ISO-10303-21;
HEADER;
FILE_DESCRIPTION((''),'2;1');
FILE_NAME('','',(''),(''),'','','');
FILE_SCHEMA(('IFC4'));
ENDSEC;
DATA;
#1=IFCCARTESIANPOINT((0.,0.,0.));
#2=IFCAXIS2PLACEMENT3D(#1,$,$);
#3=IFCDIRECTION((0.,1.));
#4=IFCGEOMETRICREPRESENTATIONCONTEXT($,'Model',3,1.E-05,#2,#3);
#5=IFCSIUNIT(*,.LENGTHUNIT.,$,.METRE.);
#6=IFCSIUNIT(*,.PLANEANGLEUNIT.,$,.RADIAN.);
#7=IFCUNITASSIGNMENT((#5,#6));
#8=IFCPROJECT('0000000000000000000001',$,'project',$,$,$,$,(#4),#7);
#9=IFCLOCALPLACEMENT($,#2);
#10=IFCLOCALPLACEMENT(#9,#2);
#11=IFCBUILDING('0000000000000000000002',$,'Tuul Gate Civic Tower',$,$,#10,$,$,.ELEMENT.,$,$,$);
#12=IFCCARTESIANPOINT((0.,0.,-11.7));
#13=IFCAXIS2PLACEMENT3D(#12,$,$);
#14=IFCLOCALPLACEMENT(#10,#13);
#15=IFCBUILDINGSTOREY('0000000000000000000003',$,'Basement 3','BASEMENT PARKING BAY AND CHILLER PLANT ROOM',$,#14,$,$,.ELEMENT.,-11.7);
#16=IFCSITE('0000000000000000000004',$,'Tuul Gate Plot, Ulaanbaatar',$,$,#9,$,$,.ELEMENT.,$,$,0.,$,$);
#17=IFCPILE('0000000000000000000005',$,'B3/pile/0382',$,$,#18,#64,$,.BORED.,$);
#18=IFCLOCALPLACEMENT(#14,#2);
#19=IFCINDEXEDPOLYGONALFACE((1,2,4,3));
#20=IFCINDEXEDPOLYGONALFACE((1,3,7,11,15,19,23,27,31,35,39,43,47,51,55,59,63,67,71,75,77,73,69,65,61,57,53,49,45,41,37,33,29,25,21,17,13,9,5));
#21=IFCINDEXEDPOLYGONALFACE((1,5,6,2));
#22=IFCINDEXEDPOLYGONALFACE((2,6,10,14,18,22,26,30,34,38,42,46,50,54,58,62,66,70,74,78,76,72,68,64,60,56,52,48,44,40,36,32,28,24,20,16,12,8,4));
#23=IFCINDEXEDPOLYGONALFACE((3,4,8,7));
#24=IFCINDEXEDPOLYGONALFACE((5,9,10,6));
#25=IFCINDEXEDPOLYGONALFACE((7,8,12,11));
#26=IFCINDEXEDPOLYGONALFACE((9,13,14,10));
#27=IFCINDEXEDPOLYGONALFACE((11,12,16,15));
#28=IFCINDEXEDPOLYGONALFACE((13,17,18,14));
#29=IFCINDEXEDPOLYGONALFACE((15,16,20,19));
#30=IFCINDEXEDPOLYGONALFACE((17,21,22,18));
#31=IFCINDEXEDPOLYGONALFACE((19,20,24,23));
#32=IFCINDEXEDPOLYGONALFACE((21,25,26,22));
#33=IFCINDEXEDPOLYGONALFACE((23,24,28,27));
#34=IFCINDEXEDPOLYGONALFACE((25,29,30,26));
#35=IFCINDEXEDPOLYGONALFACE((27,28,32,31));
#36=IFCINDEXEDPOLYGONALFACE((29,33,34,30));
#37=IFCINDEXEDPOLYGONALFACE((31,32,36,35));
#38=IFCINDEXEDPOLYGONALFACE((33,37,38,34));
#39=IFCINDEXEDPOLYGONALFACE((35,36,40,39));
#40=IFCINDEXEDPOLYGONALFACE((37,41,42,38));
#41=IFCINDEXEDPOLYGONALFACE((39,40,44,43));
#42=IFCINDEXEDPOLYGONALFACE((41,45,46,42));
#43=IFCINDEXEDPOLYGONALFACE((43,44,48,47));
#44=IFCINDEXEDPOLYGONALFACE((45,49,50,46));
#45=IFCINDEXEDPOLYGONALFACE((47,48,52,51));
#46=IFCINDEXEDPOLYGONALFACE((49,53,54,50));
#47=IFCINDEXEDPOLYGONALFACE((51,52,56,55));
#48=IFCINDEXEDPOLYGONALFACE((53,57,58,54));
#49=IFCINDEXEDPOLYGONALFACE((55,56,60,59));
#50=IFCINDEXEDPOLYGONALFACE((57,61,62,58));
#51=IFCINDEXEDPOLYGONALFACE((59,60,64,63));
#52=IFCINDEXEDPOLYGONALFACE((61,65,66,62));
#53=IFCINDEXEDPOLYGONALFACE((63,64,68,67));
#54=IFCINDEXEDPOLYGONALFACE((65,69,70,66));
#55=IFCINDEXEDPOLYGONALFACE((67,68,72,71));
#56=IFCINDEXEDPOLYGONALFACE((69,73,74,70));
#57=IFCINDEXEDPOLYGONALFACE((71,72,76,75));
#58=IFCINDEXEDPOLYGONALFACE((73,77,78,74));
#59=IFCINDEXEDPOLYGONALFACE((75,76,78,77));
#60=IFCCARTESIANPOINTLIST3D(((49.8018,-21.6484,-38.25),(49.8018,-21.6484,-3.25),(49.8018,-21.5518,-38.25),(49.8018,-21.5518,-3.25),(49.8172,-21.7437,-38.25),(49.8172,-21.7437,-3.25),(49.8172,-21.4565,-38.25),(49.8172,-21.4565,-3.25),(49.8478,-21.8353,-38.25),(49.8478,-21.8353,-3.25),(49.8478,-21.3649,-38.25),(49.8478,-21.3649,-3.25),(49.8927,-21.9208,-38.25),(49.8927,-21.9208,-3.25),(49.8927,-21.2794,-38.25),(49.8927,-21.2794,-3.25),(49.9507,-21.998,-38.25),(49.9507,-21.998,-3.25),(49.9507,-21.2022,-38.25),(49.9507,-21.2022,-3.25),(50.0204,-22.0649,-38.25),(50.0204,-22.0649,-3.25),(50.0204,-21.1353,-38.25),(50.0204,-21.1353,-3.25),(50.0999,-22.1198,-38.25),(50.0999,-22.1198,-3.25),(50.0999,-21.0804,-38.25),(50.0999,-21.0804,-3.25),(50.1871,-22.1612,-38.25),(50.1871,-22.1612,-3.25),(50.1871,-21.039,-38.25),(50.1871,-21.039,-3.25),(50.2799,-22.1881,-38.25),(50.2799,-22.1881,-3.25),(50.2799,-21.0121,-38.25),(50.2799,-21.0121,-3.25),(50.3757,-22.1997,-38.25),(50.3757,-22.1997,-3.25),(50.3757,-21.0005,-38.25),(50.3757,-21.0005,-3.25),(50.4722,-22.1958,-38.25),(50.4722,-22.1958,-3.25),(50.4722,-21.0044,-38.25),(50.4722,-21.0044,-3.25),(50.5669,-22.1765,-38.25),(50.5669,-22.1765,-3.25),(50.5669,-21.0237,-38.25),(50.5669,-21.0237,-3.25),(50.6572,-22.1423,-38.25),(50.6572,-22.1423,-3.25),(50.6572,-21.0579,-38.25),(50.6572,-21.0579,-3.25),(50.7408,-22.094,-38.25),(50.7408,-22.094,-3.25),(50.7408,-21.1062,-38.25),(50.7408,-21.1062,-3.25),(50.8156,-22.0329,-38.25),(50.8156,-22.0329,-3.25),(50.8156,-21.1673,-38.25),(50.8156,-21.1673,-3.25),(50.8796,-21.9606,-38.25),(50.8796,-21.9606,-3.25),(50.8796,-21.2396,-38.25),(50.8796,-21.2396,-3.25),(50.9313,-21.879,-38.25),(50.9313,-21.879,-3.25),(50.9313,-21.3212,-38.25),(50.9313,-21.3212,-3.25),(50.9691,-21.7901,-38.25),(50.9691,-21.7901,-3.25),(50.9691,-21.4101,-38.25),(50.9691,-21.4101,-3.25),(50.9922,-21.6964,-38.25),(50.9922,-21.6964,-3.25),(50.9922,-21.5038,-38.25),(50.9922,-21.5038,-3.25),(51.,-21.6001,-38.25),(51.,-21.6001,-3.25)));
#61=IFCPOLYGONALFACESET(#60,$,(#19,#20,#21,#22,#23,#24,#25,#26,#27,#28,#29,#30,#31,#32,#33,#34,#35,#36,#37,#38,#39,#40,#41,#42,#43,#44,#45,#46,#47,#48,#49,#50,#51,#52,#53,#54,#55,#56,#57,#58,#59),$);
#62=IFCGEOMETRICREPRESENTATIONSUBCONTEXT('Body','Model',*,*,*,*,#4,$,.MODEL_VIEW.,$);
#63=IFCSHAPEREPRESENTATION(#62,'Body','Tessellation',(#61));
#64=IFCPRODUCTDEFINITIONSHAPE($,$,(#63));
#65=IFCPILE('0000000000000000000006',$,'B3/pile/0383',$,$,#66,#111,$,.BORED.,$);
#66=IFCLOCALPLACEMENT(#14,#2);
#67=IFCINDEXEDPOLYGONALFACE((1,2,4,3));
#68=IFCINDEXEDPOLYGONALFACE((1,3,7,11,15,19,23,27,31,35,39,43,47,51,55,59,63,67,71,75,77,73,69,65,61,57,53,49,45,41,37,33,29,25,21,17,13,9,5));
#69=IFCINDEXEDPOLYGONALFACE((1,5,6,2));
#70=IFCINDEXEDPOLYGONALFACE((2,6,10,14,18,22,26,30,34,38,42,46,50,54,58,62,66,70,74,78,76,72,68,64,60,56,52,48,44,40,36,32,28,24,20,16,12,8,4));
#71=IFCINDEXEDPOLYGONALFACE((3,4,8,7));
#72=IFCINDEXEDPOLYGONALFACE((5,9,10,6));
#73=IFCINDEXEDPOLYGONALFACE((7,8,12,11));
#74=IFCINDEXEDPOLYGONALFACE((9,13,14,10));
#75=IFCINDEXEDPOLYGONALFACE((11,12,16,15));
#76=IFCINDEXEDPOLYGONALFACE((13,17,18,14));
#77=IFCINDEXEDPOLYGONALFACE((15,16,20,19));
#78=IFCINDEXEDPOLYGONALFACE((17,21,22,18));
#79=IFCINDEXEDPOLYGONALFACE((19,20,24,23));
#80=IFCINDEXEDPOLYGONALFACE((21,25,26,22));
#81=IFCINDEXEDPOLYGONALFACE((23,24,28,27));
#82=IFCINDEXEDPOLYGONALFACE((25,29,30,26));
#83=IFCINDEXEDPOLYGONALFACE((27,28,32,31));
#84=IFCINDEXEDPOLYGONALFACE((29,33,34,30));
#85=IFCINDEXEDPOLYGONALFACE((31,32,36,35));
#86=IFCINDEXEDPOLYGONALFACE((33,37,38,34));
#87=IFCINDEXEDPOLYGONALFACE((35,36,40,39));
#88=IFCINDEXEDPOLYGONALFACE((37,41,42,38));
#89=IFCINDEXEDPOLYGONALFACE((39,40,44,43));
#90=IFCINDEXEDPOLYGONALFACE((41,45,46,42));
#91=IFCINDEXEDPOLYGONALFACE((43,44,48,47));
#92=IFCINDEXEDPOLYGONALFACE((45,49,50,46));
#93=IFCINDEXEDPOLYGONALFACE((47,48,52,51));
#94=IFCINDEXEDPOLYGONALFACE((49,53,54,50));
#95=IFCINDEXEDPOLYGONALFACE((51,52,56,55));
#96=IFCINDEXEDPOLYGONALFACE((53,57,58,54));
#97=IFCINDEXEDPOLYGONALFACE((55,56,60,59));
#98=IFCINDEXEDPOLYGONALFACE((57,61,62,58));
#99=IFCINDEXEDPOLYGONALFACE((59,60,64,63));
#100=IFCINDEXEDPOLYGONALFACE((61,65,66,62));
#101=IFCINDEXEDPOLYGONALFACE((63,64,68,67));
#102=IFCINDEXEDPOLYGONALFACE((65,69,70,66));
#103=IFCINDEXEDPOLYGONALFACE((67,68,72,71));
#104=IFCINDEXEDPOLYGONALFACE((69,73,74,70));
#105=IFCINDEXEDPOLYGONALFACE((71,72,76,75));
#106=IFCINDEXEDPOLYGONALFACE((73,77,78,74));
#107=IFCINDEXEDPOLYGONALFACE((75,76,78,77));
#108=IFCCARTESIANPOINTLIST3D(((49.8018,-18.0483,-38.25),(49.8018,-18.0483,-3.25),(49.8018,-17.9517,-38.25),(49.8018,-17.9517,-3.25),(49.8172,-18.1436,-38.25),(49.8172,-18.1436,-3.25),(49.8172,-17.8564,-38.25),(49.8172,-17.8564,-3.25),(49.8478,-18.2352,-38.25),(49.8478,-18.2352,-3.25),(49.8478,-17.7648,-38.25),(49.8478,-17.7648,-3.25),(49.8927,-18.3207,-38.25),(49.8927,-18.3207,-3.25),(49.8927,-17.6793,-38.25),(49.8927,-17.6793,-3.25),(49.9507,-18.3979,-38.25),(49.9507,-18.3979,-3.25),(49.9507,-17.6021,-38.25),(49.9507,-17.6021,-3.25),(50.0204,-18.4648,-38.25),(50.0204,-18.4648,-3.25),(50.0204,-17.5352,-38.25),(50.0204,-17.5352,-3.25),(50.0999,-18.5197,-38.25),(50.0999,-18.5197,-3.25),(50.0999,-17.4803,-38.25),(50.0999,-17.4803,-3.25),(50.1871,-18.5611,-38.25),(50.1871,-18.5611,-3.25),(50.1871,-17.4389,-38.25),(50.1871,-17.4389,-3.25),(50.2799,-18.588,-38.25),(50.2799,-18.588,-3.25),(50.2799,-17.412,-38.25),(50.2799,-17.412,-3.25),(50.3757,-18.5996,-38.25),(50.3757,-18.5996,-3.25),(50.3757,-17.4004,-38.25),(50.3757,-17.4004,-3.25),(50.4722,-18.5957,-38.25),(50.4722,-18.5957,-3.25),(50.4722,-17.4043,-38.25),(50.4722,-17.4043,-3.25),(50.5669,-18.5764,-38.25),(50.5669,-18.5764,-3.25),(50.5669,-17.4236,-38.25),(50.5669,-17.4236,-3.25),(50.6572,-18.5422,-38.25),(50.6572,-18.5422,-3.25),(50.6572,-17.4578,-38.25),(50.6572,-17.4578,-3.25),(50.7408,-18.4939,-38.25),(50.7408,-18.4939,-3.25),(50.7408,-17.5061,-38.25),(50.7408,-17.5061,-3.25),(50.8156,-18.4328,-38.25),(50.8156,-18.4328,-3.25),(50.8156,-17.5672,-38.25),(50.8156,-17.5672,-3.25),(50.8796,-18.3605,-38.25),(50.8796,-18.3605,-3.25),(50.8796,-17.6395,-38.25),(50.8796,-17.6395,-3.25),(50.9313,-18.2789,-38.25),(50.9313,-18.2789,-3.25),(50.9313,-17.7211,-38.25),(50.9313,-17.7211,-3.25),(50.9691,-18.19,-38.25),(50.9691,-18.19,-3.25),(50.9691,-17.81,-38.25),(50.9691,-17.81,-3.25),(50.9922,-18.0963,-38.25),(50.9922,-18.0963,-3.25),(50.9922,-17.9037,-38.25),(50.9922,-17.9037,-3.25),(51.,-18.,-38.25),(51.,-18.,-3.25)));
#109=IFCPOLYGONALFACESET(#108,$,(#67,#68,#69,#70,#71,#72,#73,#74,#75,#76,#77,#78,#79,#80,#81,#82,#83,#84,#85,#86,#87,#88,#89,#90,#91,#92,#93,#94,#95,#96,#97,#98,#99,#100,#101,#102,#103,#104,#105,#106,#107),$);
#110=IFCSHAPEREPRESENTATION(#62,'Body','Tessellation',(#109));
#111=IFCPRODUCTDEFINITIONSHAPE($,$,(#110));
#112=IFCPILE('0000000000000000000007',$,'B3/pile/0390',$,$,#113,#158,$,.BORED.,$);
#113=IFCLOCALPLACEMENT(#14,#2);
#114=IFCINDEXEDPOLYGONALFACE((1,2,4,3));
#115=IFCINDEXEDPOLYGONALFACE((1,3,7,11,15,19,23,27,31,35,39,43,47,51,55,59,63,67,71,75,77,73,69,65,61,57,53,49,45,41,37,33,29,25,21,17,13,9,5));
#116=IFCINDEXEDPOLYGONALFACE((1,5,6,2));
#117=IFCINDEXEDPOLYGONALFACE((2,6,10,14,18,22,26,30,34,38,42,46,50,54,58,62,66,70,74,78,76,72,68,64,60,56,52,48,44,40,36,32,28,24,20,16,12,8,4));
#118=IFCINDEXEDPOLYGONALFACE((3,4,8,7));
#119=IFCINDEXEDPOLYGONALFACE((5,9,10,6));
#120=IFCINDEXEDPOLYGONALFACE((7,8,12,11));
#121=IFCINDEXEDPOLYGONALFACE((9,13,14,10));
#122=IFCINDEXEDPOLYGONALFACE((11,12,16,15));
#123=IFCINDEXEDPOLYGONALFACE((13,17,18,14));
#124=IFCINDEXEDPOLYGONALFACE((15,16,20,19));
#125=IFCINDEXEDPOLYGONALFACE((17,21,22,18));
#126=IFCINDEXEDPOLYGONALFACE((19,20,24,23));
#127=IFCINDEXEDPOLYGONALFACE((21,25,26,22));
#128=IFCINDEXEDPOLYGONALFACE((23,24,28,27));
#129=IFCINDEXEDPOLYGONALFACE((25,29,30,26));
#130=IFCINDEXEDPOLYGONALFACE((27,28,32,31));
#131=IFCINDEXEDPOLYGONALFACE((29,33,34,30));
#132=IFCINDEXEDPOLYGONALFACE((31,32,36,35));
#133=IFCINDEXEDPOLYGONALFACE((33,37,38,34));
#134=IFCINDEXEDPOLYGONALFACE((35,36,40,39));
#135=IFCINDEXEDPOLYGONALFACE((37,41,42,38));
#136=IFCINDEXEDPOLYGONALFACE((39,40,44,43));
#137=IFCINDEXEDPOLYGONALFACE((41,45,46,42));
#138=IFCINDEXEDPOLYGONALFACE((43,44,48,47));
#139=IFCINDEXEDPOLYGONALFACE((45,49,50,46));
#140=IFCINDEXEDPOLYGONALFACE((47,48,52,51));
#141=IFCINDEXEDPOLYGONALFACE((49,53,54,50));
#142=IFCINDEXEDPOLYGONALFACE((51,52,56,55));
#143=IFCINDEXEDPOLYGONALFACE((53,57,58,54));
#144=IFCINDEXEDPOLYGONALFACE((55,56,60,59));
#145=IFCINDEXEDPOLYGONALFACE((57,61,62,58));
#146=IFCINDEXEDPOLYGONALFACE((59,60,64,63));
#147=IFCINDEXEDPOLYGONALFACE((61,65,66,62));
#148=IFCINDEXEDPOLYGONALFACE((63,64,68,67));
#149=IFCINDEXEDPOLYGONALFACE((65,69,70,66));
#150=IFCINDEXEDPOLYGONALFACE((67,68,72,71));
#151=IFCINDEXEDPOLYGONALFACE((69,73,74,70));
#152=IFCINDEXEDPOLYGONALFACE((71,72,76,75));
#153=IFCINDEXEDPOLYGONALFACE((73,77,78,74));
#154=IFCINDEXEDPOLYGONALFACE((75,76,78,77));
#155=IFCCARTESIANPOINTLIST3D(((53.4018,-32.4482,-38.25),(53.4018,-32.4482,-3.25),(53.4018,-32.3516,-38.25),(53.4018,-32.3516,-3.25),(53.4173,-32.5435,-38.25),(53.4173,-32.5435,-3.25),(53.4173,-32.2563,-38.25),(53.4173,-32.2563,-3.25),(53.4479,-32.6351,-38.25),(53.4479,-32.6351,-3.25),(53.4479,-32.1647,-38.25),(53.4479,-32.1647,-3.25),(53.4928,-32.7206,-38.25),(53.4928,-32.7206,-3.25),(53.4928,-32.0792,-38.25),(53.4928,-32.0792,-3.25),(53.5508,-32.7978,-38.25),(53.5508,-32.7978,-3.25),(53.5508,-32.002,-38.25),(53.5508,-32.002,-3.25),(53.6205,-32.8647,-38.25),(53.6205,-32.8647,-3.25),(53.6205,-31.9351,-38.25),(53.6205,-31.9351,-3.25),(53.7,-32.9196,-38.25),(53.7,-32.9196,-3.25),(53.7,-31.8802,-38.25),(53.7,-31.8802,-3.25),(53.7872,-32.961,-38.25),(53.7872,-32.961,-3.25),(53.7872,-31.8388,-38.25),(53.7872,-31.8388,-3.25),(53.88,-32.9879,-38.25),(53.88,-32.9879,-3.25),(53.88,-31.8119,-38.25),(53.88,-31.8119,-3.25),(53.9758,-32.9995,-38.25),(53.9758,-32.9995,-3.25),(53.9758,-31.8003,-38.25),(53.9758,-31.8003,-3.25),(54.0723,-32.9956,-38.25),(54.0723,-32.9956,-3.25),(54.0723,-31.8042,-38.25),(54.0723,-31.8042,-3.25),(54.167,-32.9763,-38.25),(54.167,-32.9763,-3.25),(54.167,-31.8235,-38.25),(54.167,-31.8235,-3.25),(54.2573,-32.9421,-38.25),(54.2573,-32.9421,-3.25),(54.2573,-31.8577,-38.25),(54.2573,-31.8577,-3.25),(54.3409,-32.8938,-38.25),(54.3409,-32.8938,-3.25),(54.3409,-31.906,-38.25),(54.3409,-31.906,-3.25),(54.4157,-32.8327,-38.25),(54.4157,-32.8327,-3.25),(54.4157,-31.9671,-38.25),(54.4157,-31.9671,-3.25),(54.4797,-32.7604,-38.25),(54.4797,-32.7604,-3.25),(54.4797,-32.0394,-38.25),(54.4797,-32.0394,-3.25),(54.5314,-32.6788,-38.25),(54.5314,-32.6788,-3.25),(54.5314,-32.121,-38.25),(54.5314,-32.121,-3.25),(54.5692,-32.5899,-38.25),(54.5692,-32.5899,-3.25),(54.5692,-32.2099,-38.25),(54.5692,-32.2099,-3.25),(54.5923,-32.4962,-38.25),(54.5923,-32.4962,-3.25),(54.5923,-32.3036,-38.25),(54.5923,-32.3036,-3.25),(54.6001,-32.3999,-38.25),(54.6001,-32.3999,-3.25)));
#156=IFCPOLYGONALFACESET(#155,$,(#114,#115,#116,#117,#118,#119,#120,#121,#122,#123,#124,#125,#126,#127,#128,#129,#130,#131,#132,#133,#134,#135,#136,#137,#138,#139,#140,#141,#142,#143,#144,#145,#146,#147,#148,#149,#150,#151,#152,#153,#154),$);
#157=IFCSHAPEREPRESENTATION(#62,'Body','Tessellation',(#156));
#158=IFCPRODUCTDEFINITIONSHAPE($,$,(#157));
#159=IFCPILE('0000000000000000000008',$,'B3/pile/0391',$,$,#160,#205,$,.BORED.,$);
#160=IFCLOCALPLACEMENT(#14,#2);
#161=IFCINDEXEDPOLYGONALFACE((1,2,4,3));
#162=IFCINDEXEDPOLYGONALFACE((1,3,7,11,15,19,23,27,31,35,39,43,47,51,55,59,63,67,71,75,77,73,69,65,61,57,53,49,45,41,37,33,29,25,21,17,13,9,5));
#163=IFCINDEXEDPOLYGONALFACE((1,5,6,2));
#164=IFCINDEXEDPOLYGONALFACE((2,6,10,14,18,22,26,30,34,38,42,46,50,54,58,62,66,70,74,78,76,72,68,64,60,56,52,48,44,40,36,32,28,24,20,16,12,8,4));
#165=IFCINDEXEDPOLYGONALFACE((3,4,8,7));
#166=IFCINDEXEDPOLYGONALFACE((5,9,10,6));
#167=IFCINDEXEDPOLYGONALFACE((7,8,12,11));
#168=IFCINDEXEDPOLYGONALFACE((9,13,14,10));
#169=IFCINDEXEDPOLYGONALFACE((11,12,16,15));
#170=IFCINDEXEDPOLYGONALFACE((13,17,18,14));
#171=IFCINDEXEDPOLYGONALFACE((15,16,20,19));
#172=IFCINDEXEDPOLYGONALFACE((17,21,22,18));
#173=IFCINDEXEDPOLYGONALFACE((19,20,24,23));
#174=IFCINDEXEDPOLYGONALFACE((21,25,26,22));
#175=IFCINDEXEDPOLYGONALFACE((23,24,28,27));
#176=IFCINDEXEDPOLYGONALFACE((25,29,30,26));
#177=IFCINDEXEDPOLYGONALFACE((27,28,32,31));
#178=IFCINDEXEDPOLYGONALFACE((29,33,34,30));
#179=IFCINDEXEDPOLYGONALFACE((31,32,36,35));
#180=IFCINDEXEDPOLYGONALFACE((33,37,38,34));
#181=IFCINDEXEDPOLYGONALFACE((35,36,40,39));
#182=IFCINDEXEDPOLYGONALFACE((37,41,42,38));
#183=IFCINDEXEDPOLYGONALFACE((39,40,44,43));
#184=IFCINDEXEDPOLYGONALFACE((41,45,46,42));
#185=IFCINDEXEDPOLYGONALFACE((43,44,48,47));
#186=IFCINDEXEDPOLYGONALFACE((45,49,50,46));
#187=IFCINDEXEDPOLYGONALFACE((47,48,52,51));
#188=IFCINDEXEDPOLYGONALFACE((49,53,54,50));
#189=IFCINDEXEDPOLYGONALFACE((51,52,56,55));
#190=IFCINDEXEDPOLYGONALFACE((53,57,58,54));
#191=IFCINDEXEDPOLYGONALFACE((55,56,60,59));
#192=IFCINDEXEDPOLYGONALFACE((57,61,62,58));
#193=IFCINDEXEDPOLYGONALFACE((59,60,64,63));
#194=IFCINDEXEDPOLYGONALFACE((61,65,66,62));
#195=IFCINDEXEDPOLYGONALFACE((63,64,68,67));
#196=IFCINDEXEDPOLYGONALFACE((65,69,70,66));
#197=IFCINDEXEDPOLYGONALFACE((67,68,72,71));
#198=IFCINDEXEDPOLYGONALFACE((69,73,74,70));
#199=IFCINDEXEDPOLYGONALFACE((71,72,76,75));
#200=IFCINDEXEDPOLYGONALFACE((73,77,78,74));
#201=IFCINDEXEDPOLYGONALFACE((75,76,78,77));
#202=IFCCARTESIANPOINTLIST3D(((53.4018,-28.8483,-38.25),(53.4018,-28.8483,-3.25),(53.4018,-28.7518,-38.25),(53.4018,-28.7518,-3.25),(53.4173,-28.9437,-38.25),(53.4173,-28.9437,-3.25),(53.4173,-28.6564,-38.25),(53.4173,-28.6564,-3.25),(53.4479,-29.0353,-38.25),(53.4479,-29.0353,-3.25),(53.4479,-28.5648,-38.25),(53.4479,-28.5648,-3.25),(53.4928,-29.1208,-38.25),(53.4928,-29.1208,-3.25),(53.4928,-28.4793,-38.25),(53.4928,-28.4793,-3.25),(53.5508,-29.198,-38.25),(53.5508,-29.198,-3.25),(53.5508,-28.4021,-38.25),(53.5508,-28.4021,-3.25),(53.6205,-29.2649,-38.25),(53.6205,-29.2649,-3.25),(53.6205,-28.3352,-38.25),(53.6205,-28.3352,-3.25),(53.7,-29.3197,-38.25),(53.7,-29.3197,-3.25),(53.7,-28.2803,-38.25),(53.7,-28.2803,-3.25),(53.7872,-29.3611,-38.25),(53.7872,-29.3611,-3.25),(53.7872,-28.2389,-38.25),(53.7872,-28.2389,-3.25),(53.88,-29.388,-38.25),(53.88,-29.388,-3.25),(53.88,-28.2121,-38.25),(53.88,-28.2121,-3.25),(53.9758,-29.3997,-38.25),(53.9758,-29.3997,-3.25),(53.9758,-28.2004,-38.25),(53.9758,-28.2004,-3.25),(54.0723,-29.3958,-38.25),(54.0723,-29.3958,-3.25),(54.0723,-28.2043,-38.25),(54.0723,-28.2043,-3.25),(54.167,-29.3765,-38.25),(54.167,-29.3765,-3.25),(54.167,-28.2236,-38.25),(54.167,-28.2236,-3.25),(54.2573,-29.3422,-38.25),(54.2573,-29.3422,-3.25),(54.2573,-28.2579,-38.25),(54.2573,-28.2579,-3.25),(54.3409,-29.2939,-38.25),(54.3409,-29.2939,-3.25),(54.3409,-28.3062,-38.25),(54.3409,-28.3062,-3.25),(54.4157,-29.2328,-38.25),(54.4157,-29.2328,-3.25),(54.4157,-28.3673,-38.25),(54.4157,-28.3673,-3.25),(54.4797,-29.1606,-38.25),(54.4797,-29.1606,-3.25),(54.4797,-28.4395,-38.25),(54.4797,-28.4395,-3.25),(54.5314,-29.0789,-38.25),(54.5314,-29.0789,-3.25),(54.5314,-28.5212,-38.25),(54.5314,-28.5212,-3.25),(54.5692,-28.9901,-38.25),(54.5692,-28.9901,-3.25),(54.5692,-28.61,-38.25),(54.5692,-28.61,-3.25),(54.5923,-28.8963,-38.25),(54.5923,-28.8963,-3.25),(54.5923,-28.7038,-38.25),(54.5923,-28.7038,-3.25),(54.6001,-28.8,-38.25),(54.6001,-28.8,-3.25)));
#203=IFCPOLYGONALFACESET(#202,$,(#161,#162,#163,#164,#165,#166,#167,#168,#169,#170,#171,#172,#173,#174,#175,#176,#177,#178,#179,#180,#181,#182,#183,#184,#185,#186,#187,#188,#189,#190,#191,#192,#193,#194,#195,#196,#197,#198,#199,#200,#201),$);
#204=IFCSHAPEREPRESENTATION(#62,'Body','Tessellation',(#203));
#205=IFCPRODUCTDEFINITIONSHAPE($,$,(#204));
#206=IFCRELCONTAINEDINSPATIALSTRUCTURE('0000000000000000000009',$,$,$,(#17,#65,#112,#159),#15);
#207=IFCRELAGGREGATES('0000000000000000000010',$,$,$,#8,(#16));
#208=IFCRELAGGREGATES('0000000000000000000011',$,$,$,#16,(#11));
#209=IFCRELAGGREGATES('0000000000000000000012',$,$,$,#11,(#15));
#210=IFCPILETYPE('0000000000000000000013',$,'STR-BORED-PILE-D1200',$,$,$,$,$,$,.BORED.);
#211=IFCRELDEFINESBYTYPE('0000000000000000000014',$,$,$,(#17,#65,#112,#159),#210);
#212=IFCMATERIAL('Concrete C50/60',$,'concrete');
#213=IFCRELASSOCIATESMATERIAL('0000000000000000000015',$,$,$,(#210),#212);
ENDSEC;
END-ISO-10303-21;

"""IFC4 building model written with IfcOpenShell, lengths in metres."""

from ifc_helpers import new_model, si_unit, direction, frame, origin, origin_2d, place, context, subcontext, project, spatial, circle, extrude, material, material_profile, profile_set, type_object, element, save


model = new_model("IFC4")

# Units and contexts
model_context = context("Model", 3, precision=1e-05, world=origin(), true_north=direction((0.0, 1.0)))
body_context = subcontext(model_context, "Body", "Model", "MODEL_VIEW")
ifc_project = project(units=[si_unit("LENGTHUNIT", "METRE"), si_unit("PLANEANGLEUNIT", "RADIAN")], contexts=[model_context])

# Site, building, storey
site_placement = place(None, origin())
site = spatial("IfcSite", under=ifc_project, at=site_placement, Name="Tuul Gate Plot, Ulaanbaatar", CompositionType="ELEMENT", RefElevation=0.0)
building_placement = place(site_placement, origin())
building = spatial("IfcBuilding", under=site, at=building_placement, Name="Tuul Gate Civic Tower", CompositionType="ELEMENT")
storey_placement = place(building_placement, frame((0.0, 0.0, -11.7)))
storey = spatial("IfcBuildingStorey", under=building, at=storey_placement, Name="Basement 3", Description="BASEMENT PARKING BAY AND CHILLER PLANT ROOM", CompositionType="ELEMENT", Elevation=-11.7)

# Piles
ifc_material_1 = material(Name="Concrete C50/60", Category="concrete")
ifc_material_profile_1 = material_profile(ifc_material_1, circle(Radius=0.6001, at=origin_2d()), Name="PILE1200")
ifc_profile_set_1 = profile_set([ifc_material_profile_1], Name="Concrete C50/60")
pile_type = type_object("IfcPileType", Name="STR-BORED-PILE-D1200", PredefinedType="BORED", material=ifc_profile_set_1)
for number, where, z_axis, x_axis, name in (
    (1, (50.3999, -21.6001, -3.25), (0.0, 0.0, -1.0), (1.0, 0.0, 0.0), "B3/pile/0382"),
    (2, (50.3999, -18.0, -3.25), (0.0, 0.0, -1.0), (1.0, 0.0, 0.0), "B3/pile/0383"),
    (3, (54.0, -32.3999, -3.25), (0.0, 0.0, -1.0), (1.0, 0.0, 0.0), "B3/pile/0390"),
    (4, (54.0, -28.8, -3.25), (0.0, 0.0, -1.0), (1.0, 0.0, 0.0), "B3/pile/0391"),
):
    element("IfcPile", number, at=place(storey_placement, frame(where, z_axis=z_axis, x_axis=x_axis)), inside=storey, type_object=pile_type, Name=name, PredefinedType="BORED", context=body_context, shape_type="SweptSolid", body=[
        extrude(circle(Radius=0.6001, at=origin_2d()), origin(), (0.0, 0.0, 1.0), 35.0),
    ])

save(model, "model.ifc")
